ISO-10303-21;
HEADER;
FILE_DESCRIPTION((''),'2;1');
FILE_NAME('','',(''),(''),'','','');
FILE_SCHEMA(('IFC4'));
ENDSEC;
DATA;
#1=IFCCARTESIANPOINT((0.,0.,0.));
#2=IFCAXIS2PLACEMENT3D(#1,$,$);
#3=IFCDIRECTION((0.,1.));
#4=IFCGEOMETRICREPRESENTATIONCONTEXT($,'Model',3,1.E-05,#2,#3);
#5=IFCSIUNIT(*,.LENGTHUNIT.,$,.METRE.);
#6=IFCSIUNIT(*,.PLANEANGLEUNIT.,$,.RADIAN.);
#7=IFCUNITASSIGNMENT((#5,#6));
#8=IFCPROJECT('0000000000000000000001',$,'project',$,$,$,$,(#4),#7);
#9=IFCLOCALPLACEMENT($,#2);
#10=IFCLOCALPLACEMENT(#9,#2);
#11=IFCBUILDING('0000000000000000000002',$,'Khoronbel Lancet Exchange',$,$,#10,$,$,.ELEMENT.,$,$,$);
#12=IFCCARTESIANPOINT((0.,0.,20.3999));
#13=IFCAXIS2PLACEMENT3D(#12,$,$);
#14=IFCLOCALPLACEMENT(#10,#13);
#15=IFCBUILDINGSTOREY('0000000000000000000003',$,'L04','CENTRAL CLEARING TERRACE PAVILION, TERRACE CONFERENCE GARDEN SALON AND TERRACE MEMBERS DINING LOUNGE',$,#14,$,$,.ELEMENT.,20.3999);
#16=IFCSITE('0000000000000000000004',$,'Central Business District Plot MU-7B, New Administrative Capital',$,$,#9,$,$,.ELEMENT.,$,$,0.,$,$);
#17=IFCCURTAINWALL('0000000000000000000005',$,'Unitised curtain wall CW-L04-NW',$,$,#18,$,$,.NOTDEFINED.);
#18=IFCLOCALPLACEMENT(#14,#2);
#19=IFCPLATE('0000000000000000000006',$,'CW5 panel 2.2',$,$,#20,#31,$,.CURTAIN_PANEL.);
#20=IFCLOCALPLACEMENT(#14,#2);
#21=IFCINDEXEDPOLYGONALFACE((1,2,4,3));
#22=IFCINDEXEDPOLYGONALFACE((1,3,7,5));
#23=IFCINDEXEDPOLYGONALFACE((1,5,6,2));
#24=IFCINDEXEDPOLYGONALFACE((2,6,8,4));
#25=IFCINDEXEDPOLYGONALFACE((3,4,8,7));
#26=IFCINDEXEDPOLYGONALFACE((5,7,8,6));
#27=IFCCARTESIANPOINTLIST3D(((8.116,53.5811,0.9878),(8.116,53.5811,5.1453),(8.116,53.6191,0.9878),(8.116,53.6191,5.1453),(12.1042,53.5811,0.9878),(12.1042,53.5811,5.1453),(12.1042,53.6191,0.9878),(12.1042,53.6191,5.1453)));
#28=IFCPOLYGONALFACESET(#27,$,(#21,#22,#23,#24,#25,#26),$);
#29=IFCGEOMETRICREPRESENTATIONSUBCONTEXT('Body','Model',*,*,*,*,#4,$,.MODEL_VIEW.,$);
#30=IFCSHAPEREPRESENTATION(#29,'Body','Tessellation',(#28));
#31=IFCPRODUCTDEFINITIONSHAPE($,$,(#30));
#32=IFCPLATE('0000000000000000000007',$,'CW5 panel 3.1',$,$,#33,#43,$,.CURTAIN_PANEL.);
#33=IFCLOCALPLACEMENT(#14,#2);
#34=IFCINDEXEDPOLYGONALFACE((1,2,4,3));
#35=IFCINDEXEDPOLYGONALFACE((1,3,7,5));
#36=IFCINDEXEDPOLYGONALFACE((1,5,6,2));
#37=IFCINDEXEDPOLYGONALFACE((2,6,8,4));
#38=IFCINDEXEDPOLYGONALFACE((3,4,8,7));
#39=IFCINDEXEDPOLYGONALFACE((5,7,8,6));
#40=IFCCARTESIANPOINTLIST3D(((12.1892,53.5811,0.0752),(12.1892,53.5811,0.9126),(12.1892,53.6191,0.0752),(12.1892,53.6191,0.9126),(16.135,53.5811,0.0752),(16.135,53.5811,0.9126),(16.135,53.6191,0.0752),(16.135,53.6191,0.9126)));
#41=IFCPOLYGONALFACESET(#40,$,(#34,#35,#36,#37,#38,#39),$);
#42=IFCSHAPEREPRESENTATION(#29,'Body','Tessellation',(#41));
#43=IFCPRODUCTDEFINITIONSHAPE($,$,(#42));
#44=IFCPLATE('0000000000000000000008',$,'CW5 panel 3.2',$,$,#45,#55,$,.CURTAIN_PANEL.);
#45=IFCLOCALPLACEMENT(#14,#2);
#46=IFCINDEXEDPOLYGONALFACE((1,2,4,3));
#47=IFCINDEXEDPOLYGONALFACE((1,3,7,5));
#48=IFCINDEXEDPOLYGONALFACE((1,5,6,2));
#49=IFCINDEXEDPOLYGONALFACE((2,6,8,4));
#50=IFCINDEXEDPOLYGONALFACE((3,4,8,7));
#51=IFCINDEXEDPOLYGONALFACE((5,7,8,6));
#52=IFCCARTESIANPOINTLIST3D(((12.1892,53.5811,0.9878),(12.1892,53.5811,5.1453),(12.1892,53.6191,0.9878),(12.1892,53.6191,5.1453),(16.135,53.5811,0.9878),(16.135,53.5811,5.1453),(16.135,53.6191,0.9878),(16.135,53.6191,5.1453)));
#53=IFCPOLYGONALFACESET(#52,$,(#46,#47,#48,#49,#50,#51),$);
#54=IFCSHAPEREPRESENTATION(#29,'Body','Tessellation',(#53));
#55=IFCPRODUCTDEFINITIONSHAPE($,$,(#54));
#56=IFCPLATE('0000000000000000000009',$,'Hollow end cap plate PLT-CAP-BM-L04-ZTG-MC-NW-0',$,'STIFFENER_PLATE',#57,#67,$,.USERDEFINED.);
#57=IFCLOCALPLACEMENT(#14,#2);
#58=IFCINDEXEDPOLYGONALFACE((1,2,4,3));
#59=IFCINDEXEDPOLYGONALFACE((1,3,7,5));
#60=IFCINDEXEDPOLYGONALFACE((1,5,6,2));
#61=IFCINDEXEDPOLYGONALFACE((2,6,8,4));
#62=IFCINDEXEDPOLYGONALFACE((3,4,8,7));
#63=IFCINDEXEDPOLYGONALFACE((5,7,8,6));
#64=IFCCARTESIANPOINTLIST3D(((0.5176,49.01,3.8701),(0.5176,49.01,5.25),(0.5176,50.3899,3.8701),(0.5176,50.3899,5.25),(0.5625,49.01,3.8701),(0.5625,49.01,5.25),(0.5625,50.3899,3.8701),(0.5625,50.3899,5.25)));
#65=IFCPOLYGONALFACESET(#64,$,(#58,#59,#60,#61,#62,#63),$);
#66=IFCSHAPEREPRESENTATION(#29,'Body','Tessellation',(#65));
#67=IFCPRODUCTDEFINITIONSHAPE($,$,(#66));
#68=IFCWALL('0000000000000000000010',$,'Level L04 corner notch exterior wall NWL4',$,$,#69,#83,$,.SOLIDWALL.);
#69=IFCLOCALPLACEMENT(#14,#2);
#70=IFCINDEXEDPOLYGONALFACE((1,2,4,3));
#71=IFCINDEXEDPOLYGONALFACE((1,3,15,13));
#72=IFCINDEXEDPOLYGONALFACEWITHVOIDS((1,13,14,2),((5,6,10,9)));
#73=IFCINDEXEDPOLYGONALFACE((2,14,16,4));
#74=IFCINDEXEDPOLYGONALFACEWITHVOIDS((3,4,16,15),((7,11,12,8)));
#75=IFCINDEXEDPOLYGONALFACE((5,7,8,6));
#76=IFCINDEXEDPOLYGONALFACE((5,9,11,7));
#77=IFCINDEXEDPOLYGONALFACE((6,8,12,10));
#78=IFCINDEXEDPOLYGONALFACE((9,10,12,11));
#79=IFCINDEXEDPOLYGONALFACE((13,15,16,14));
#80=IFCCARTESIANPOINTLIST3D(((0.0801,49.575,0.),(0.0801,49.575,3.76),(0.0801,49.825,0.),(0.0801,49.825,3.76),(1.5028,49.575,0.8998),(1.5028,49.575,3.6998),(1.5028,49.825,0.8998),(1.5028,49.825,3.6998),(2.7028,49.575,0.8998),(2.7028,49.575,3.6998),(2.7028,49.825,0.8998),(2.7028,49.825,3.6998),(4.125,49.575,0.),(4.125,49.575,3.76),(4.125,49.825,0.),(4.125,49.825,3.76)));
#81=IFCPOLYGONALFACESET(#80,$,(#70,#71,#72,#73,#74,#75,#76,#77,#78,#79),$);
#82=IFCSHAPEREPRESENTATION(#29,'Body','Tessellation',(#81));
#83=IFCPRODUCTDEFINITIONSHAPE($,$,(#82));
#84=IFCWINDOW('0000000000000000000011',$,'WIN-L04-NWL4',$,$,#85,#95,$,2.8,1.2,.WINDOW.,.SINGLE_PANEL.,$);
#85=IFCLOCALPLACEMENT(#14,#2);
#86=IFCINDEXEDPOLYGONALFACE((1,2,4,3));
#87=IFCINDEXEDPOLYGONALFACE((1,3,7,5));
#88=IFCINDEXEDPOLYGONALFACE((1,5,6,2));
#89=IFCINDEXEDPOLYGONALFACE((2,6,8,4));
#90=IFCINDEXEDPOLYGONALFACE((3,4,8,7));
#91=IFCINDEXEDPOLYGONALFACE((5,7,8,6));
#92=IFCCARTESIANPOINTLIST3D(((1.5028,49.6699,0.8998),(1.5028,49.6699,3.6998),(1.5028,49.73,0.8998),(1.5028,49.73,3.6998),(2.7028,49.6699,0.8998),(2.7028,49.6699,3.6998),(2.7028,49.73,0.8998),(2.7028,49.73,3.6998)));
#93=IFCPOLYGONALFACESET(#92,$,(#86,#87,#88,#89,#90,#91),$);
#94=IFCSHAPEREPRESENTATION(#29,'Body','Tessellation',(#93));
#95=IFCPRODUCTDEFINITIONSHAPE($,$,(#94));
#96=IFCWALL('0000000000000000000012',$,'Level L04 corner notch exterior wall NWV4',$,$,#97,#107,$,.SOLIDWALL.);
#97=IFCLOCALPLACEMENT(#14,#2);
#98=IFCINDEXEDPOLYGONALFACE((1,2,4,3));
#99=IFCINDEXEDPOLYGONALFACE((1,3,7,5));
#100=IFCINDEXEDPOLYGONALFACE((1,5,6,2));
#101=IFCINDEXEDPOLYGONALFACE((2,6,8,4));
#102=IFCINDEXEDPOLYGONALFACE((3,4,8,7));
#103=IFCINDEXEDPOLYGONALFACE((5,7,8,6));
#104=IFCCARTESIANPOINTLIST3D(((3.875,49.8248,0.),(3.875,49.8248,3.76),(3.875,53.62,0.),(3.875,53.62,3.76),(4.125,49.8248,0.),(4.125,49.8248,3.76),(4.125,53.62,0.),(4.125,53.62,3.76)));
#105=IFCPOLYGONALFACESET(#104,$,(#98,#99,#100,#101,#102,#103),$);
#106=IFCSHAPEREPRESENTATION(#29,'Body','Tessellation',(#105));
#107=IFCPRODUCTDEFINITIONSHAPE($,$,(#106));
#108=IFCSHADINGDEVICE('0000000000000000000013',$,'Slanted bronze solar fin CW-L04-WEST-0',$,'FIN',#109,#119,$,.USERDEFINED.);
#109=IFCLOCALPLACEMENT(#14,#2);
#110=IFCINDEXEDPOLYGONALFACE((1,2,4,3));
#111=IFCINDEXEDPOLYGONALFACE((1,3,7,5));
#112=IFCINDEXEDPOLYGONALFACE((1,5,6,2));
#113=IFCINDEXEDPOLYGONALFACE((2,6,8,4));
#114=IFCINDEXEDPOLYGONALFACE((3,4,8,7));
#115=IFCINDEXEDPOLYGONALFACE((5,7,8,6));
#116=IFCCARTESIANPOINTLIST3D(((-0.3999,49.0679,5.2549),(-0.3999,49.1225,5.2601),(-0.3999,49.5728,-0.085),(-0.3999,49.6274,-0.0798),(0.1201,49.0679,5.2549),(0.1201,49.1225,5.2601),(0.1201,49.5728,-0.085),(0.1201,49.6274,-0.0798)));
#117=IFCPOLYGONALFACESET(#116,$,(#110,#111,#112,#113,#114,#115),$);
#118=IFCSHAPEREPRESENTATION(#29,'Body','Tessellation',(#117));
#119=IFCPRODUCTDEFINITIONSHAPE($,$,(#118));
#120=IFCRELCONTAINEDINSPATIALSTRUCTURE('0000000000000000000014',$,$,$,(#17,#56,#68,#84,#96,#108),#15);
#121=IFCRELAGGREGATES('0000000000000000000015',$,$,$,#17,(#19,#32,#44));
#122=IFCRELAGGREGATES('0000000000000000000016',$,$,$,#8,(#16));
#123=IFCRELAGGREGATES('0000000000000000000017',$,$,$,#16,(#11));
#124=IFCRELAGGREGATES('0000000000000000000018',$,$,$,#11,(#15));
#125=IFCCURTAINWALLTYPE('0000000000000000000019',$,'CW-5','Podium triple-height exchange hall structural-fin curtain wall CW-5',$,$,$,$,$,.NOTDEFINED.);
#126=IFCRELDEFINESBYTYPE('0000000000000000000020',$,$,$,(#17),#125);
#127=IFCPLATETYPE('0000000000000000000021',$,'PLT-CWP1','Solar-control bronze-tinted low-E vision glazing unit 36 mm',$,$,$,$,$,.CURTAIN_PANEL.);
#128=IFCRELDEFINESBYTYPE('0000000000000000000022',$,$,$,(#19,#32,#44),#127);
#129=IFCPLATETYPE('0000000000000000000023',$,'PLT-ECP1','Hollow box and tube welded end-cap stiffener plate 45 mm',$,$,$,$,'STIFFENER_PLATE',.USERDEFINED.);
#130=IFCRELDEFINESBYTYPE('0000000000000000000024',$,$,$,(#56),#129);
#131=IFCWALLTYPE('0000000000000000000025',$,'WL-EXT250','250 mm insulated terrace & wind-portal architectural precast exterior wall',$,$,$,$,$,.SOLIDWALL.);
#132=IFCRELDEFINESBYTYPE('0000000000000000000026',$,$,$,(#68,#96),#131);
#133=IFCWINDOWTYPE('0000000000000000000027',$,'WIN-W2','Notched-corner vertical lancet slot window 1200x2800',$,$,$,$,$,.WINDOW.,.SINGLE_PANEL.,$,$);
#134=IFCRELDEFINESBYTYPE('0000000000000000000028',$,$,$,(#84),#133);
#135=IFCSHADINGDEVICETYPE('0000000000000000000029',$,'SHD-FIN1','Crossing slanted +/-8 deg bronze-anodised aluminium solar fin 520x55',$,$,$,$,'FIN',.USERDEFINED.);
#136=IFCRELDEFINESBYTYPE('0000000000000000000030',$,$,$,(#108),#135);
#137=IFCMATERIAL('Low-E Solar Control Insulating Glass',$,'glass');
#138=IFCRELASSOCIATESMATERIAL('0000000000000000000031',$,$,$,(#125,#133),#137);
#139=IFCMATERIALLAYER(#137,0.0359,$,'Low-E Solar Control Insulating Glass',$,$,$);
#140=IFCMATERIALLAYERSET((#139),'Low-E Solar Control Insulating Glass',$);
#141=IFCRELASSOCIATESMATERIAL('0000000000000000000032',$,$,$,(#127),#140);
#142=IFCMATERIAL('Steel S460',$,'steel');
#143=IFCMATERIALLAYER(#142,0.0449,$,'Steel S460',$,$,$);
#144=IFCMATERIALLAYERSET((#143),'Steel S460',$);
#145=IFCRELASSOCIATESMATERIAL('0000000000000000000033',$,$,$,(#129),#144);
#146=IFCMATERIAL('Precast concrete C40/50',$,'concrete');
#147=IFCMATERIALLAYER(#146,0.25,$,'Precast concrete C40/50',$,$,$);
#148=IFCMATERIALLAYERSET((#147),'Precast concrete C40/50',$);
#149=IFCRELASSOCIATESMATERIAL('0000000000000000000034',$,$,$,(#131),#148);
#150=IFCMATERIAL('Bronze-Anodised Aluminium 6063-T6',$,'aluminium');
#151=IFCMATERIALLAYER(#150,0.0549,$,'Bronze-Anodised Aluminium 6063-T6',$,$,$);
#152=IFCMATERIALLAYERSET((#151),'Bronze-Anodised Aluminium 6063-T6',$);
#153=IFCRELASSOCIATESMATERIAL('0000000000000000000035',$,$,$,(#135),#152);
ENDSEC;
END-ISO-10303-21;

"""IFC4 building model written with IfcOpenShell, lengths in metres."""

from ifc_helpers import new_model, si_unit, direction, frame, frame_2d, origin, origin_2d, place, context, subcontext, project, spatial, polyline, rectangle, outline, extrude, material, layer, layer_set, type_object, element, fill, aggregate, save


model = new_model("IFC4")

# Units and contexts
model_context = context("Model", 3, precision=1e-05, world=origin(), true_north=direction((0.0, 1.0)))
body_context = subcontext(model_context, "Body", "Model", "MODEL_VIEW")
ifc_project = project(units=[si_unit("LENGTHUNIT", "METRE"), si_unit("PLANEANGLEUNIT", "RADIAN")], contexts=[model_context])

# Site, building, storey
site_placement = place(None, origin())
site = spatial("IfcSite", under=ifc_project, at=site_placement, Name="Central Business District Plot MU-7B, New Administrative Capital", CompositionType="ELEMENT", RefElevation=0.0)
building_placement = place(site_placement, origin())
building = spatial("IfcBuilding", under=site, at=building_placement, Name="Khoronbel Lancet Exchange", CompositionType="ELEMENT")
storey_placement = place(building_placement, frame((0.0, 0.0, 20.3999)))
storey = spatial("IfcBuildingStorey", under=building, at=storey_placement, Name="L04", Description="CENTRAL CLEARING TERRACE PAVILION, TERRACE CONFERENCE GARDEN SALON AND TERRACE MEMBERS DINING LOUNGE", CompositionType="ELEMENT", Elevation=20.3999)

# Shared definitions
ifc_material_1 = material(Name="Steel S460", Category="steel")

# Curtain wall, plates
ifc_material_2 = material(Name="Low-E Solar Control Insulating Glass", Category="glass")
curtain_wall_type = type_object("IfcCurtainWallType", Name="CW-5", Description="Podium triple-height exchange hall structural-fin curtain wall CW-5", PredefinedType="NOTDEFINED", material=ifc_material_2)
curtain_wall_placement = place(storey_placement, origin())
curtain_wall = element("IfcCurtainWall", 1, at=curtain_wall_placement, inside=storey, type_object=curtain_wall_type, Name="Unitised curtain wall CW-L04-NW", PredefinedType="NOTDEFINED")
ifc_material_3 = material(Name="Bronze-Anodised Aluminium 6063-T6", Category="aluminium")
ifc_layer_1 = layer(ifc_material_2, 0.0359, Name="Low-E Solar Control Insulating Glass")
ifc_layer_set_1 = layer_set([ifc_layer_1], Name="Low-E Solar Control Insulating Glass")
plate_type_1 = type_object("IfcPlateType", Name="PLT-CWP1", Description="Solar-control bronze-tinted low-E vision glazing unit 36 mm", PredefinedType="CURTAIN_PANEL", material=ifc_layer_set_1)
plate_1_placement = place(storey_placement, frame((10.1101, 53.6001, 0.9878), z_axis=(0.0, 0.0, 1.0), x_axis=(1.0, 0.0, 0.0)))
plate_1 = element("IfcPlate", 2, at=plate_1_placement, type_object=plate_type_1, Name="CW5 panel 2.2", PredefinedType="CURTAIN_PANEL", context=body_context, shape_type="SweptSolid", body=[
    extrude(rectangle(XDim=3.9883, YDim=0.0381, at=origin_2d()), origin(), (0.0, 0.0, 1.0), 4.1575),
])
plate_2_placement = place(storey_placement, frame((14.1621, 53.6001, 0.0752), z_axis=(0.0, 0.0, 1.0), x_axis=(1.0, 0.0, 0.0)))
plate_2 = element("IfcPlate", 3, at=plate_2_placement, type_object=plate_type_1, Name="CW5 panel 3.1", PredefinedType="CURTAIN_PANEL", context=body_context, shape_type="SweptSolid", body=[
    extrude(rectangle(XDim=3.9458, YDim=0.0381, at=origin_2d()), origin(), (0.0, 0.0, 1.0), 0.8374),
])
plate_3_placement = place(storey_placement, frame((14.1621, 53.6001, 0.9878), z_axis=(0.0, 0.0, 1.0), x_axis=(1.0, 0.0, 0.0)))
plate_3 = element("IfcPlate", 4, at=plate_3_placement, type_object=plate_type_1, Name="CW5 panel 3.2", PredefinedType="CURTAIN_PANEL", context=body_context, shape_type="SweptSolid", body=[
    extrude(rectangle(XDim=3.9458, YDim=0.0381, at=origin_2d()), origin(), (0.0, 0.0, 1.0), 4.1575),
])
aggregate(curtain_wall, [plate_1, plate_2, plate_3])

# Plate
ifc_layer_2 = layer(ifc_material_1, 0.0449, Name="Steel S460")
ifc_layer_set_2 = layer_set([ifc_layer_2], Name="Steel S460")
plate_type_2 = type_object("IfcPlateType", Name="PLT-ECP1", Description="Hollow box and tube welded end-cap stiffener plate 45 mm", ElementType="STIFFENER_PLATE", PredefinedType="USERDEFINED", material=ifc_layer_set_2)
plate_4_placement = place(storey_placement, frame((0.54, 49.7, 3.8701), z_axis=(0.0, 0.0, 1.0), x_axis=(-1.0, 0.0, 0.0)))
element("IfcPlate", 5, at=plate_4_placement, inside=storey, type_object=plate_type_2, Name="Hollow end cap plate PLT-CAP-BM-L04-ZTG-MC-NW-0", ObjectType="STIFFENER_PLATE", PredefinedType="USERDEFINED", context=body_context, shape_type="SweptSolid", body=[
    extrude(rectangle(XDim=0.0449, YDim=1.3799, at=origin_2d()), origin(), (0.0, 0.0, 1.0), 1.3799),
])

# Wall, opening, window
ifc_material_4 = material(Name="Precast concrete C40/50", Category="concrete")
ifc_layer_3 = layer(ifc_material_4, 0.25, Name="Precast concrete C40/50")
ifc_layer_set_3 = layer_set([ifc_layer_3], Name="Precast concrete C40/50")
wall_type = type_object("IfcWallType", Name="WL-EXT250", Description="250 mm insulated terrace & wind-portal architectural precast exterior wall", PredefinedType="SOLIDWALL", material=ifc_layer_set_3)
wall_1_placement = place(storey_placement, frame((0.0801, 49.7, 0.0), z_axis=(0.0, 0.0, 1.0), x_axis=(1.0, 0.0, 0.0)))
wall_1 = element("IfcWall", 6, at=wall_1_placement, inside=storey, type_object=wall_type, Name="Level L04 corner notch exterior wall NWL4", PredefinedType="SOLIDWALL", context=body_context, shape_type="SweptSolid", body=[
    extrude(rectangle(XDim=4.0449, YDim=0.25, at=frame_2d((2.0225, 0.0))), origin(), (0.0, 0.0, 1.0), 3.76),
])
opening_placement = place(wall_1_placement, frame((1.4226, 0.0, 0.8999)))
opening = element("IfcOpeningElement", 7, at=opening_placement, cuts=wall_1, PredefinedType="OPENING", context=body_context, shape_type="SweptSolid", body=[
    extrude(rectangle(XDim=1.2, YDim=2.8, at=frame_2d((0.6001, 1.3999))), frame((0.0, 0.135, 0.0), z_axis=(0.0, -1.0, 0.0), x_axis=(1.0, 0.0, 0.0)), (0.0, 0.0, 1.0), 0.27),
])
window_type = type_object("IfcWindowType", Name="WIN-W2", Description="Notched-corner vertical lancet slot window 1200x2800", PartitioningType="SINGLE_PANEL", PredefinedType="WINDOW", material=ifc_material_2)
window_placement = place(opening_placement, origin())
window = element("IfcWindow", 8, at=window_placement, inside=storey, type_object=window_type, Name="WIN-L04-NWL4", OverallHeight=2.8, OverallWidth=1.2, PartitioningType="SINGLE_PANEL", PredefinedType="WINDOW", context=body_context, shape_type="SweptSolid", body=[
    extrude(rectangle(XDim=1.2, YDim=2.8, at=frame_2d((0.6001, 1.3999))), frame((0.0, 0.03, 0.0), z_axis=(0.0, -1.0, 0.0), x_axis=(1.0, 0.0, 0.0)), (0.0, 0.0, 1.0), 0.0601),
])
fill(opening, window)

# Wall
wall_2_placement = place(storey_placement, frame((4.0, 49.825, 0.0), z_axis=(0.0, 0.0, 1.0), x_axis=(0.0, 1.0, 0.0)))
element("IfcWall", 9, at=wall_2_placement, inside=storey, type_object=wall_type, Name="Level L04 corner notch exterior wall NWV4", PredefinedType="SOLIDWALL", context=body_context, shape_type="SweptSolid", body=[
    extrude(rectangle(XDim=3.7952, YDim=0.25, at=frame_2d((1.8975, 0.0))), origin(), (0.0, 0.0, 1.0), 3.76),
])

# Shading device
ifc_layer_4 = layer(ifc_material_3, 0.0549, Name="Bronze-Anodised Aluminium 6063-T6")
ifc_layer_set_4 = layer_set([ifc_layer_4], Name="Bronze-Anodised Aluminium 6063-T6")
shading_device_type = type_object("IfcShadingDeviceType", Name="SHD-FIN1", Description="Crossing slanted +/-8 deg bronze-anodised aluminium solar fin 520x55", ElementType="FIN", PredefinedType="USERDEFINED", material=ifc_layer_set_4)
shading_device_placement = place(storey_placement, frame((0.1201, 49.6274, -0.0798), z_axis=(0.0, 0.99556, 0.09413), x_axis=(-1.0, 0.0, 0.0)))
element("IfcShadingDevice", 10, at=shading_device_placement, inside=storey, type_object=shading_device_type, Name="Slanted bronze solar fin CW-L04-WEST-0", ObjectType="FIN", PredefinedType="USERDEFINED", context=body_context, shape_type="SweptSolid", body=[
    extrude(outline(polyline([(0.0, 0.0), (0.52, 0.0), (0.52, 5.3638), (0.0, 5.3638), (0.0, 0.0)])), origin(), (0.0, 0.0, -1.0), 0.0549),
])

save(model, "model.ifc")
